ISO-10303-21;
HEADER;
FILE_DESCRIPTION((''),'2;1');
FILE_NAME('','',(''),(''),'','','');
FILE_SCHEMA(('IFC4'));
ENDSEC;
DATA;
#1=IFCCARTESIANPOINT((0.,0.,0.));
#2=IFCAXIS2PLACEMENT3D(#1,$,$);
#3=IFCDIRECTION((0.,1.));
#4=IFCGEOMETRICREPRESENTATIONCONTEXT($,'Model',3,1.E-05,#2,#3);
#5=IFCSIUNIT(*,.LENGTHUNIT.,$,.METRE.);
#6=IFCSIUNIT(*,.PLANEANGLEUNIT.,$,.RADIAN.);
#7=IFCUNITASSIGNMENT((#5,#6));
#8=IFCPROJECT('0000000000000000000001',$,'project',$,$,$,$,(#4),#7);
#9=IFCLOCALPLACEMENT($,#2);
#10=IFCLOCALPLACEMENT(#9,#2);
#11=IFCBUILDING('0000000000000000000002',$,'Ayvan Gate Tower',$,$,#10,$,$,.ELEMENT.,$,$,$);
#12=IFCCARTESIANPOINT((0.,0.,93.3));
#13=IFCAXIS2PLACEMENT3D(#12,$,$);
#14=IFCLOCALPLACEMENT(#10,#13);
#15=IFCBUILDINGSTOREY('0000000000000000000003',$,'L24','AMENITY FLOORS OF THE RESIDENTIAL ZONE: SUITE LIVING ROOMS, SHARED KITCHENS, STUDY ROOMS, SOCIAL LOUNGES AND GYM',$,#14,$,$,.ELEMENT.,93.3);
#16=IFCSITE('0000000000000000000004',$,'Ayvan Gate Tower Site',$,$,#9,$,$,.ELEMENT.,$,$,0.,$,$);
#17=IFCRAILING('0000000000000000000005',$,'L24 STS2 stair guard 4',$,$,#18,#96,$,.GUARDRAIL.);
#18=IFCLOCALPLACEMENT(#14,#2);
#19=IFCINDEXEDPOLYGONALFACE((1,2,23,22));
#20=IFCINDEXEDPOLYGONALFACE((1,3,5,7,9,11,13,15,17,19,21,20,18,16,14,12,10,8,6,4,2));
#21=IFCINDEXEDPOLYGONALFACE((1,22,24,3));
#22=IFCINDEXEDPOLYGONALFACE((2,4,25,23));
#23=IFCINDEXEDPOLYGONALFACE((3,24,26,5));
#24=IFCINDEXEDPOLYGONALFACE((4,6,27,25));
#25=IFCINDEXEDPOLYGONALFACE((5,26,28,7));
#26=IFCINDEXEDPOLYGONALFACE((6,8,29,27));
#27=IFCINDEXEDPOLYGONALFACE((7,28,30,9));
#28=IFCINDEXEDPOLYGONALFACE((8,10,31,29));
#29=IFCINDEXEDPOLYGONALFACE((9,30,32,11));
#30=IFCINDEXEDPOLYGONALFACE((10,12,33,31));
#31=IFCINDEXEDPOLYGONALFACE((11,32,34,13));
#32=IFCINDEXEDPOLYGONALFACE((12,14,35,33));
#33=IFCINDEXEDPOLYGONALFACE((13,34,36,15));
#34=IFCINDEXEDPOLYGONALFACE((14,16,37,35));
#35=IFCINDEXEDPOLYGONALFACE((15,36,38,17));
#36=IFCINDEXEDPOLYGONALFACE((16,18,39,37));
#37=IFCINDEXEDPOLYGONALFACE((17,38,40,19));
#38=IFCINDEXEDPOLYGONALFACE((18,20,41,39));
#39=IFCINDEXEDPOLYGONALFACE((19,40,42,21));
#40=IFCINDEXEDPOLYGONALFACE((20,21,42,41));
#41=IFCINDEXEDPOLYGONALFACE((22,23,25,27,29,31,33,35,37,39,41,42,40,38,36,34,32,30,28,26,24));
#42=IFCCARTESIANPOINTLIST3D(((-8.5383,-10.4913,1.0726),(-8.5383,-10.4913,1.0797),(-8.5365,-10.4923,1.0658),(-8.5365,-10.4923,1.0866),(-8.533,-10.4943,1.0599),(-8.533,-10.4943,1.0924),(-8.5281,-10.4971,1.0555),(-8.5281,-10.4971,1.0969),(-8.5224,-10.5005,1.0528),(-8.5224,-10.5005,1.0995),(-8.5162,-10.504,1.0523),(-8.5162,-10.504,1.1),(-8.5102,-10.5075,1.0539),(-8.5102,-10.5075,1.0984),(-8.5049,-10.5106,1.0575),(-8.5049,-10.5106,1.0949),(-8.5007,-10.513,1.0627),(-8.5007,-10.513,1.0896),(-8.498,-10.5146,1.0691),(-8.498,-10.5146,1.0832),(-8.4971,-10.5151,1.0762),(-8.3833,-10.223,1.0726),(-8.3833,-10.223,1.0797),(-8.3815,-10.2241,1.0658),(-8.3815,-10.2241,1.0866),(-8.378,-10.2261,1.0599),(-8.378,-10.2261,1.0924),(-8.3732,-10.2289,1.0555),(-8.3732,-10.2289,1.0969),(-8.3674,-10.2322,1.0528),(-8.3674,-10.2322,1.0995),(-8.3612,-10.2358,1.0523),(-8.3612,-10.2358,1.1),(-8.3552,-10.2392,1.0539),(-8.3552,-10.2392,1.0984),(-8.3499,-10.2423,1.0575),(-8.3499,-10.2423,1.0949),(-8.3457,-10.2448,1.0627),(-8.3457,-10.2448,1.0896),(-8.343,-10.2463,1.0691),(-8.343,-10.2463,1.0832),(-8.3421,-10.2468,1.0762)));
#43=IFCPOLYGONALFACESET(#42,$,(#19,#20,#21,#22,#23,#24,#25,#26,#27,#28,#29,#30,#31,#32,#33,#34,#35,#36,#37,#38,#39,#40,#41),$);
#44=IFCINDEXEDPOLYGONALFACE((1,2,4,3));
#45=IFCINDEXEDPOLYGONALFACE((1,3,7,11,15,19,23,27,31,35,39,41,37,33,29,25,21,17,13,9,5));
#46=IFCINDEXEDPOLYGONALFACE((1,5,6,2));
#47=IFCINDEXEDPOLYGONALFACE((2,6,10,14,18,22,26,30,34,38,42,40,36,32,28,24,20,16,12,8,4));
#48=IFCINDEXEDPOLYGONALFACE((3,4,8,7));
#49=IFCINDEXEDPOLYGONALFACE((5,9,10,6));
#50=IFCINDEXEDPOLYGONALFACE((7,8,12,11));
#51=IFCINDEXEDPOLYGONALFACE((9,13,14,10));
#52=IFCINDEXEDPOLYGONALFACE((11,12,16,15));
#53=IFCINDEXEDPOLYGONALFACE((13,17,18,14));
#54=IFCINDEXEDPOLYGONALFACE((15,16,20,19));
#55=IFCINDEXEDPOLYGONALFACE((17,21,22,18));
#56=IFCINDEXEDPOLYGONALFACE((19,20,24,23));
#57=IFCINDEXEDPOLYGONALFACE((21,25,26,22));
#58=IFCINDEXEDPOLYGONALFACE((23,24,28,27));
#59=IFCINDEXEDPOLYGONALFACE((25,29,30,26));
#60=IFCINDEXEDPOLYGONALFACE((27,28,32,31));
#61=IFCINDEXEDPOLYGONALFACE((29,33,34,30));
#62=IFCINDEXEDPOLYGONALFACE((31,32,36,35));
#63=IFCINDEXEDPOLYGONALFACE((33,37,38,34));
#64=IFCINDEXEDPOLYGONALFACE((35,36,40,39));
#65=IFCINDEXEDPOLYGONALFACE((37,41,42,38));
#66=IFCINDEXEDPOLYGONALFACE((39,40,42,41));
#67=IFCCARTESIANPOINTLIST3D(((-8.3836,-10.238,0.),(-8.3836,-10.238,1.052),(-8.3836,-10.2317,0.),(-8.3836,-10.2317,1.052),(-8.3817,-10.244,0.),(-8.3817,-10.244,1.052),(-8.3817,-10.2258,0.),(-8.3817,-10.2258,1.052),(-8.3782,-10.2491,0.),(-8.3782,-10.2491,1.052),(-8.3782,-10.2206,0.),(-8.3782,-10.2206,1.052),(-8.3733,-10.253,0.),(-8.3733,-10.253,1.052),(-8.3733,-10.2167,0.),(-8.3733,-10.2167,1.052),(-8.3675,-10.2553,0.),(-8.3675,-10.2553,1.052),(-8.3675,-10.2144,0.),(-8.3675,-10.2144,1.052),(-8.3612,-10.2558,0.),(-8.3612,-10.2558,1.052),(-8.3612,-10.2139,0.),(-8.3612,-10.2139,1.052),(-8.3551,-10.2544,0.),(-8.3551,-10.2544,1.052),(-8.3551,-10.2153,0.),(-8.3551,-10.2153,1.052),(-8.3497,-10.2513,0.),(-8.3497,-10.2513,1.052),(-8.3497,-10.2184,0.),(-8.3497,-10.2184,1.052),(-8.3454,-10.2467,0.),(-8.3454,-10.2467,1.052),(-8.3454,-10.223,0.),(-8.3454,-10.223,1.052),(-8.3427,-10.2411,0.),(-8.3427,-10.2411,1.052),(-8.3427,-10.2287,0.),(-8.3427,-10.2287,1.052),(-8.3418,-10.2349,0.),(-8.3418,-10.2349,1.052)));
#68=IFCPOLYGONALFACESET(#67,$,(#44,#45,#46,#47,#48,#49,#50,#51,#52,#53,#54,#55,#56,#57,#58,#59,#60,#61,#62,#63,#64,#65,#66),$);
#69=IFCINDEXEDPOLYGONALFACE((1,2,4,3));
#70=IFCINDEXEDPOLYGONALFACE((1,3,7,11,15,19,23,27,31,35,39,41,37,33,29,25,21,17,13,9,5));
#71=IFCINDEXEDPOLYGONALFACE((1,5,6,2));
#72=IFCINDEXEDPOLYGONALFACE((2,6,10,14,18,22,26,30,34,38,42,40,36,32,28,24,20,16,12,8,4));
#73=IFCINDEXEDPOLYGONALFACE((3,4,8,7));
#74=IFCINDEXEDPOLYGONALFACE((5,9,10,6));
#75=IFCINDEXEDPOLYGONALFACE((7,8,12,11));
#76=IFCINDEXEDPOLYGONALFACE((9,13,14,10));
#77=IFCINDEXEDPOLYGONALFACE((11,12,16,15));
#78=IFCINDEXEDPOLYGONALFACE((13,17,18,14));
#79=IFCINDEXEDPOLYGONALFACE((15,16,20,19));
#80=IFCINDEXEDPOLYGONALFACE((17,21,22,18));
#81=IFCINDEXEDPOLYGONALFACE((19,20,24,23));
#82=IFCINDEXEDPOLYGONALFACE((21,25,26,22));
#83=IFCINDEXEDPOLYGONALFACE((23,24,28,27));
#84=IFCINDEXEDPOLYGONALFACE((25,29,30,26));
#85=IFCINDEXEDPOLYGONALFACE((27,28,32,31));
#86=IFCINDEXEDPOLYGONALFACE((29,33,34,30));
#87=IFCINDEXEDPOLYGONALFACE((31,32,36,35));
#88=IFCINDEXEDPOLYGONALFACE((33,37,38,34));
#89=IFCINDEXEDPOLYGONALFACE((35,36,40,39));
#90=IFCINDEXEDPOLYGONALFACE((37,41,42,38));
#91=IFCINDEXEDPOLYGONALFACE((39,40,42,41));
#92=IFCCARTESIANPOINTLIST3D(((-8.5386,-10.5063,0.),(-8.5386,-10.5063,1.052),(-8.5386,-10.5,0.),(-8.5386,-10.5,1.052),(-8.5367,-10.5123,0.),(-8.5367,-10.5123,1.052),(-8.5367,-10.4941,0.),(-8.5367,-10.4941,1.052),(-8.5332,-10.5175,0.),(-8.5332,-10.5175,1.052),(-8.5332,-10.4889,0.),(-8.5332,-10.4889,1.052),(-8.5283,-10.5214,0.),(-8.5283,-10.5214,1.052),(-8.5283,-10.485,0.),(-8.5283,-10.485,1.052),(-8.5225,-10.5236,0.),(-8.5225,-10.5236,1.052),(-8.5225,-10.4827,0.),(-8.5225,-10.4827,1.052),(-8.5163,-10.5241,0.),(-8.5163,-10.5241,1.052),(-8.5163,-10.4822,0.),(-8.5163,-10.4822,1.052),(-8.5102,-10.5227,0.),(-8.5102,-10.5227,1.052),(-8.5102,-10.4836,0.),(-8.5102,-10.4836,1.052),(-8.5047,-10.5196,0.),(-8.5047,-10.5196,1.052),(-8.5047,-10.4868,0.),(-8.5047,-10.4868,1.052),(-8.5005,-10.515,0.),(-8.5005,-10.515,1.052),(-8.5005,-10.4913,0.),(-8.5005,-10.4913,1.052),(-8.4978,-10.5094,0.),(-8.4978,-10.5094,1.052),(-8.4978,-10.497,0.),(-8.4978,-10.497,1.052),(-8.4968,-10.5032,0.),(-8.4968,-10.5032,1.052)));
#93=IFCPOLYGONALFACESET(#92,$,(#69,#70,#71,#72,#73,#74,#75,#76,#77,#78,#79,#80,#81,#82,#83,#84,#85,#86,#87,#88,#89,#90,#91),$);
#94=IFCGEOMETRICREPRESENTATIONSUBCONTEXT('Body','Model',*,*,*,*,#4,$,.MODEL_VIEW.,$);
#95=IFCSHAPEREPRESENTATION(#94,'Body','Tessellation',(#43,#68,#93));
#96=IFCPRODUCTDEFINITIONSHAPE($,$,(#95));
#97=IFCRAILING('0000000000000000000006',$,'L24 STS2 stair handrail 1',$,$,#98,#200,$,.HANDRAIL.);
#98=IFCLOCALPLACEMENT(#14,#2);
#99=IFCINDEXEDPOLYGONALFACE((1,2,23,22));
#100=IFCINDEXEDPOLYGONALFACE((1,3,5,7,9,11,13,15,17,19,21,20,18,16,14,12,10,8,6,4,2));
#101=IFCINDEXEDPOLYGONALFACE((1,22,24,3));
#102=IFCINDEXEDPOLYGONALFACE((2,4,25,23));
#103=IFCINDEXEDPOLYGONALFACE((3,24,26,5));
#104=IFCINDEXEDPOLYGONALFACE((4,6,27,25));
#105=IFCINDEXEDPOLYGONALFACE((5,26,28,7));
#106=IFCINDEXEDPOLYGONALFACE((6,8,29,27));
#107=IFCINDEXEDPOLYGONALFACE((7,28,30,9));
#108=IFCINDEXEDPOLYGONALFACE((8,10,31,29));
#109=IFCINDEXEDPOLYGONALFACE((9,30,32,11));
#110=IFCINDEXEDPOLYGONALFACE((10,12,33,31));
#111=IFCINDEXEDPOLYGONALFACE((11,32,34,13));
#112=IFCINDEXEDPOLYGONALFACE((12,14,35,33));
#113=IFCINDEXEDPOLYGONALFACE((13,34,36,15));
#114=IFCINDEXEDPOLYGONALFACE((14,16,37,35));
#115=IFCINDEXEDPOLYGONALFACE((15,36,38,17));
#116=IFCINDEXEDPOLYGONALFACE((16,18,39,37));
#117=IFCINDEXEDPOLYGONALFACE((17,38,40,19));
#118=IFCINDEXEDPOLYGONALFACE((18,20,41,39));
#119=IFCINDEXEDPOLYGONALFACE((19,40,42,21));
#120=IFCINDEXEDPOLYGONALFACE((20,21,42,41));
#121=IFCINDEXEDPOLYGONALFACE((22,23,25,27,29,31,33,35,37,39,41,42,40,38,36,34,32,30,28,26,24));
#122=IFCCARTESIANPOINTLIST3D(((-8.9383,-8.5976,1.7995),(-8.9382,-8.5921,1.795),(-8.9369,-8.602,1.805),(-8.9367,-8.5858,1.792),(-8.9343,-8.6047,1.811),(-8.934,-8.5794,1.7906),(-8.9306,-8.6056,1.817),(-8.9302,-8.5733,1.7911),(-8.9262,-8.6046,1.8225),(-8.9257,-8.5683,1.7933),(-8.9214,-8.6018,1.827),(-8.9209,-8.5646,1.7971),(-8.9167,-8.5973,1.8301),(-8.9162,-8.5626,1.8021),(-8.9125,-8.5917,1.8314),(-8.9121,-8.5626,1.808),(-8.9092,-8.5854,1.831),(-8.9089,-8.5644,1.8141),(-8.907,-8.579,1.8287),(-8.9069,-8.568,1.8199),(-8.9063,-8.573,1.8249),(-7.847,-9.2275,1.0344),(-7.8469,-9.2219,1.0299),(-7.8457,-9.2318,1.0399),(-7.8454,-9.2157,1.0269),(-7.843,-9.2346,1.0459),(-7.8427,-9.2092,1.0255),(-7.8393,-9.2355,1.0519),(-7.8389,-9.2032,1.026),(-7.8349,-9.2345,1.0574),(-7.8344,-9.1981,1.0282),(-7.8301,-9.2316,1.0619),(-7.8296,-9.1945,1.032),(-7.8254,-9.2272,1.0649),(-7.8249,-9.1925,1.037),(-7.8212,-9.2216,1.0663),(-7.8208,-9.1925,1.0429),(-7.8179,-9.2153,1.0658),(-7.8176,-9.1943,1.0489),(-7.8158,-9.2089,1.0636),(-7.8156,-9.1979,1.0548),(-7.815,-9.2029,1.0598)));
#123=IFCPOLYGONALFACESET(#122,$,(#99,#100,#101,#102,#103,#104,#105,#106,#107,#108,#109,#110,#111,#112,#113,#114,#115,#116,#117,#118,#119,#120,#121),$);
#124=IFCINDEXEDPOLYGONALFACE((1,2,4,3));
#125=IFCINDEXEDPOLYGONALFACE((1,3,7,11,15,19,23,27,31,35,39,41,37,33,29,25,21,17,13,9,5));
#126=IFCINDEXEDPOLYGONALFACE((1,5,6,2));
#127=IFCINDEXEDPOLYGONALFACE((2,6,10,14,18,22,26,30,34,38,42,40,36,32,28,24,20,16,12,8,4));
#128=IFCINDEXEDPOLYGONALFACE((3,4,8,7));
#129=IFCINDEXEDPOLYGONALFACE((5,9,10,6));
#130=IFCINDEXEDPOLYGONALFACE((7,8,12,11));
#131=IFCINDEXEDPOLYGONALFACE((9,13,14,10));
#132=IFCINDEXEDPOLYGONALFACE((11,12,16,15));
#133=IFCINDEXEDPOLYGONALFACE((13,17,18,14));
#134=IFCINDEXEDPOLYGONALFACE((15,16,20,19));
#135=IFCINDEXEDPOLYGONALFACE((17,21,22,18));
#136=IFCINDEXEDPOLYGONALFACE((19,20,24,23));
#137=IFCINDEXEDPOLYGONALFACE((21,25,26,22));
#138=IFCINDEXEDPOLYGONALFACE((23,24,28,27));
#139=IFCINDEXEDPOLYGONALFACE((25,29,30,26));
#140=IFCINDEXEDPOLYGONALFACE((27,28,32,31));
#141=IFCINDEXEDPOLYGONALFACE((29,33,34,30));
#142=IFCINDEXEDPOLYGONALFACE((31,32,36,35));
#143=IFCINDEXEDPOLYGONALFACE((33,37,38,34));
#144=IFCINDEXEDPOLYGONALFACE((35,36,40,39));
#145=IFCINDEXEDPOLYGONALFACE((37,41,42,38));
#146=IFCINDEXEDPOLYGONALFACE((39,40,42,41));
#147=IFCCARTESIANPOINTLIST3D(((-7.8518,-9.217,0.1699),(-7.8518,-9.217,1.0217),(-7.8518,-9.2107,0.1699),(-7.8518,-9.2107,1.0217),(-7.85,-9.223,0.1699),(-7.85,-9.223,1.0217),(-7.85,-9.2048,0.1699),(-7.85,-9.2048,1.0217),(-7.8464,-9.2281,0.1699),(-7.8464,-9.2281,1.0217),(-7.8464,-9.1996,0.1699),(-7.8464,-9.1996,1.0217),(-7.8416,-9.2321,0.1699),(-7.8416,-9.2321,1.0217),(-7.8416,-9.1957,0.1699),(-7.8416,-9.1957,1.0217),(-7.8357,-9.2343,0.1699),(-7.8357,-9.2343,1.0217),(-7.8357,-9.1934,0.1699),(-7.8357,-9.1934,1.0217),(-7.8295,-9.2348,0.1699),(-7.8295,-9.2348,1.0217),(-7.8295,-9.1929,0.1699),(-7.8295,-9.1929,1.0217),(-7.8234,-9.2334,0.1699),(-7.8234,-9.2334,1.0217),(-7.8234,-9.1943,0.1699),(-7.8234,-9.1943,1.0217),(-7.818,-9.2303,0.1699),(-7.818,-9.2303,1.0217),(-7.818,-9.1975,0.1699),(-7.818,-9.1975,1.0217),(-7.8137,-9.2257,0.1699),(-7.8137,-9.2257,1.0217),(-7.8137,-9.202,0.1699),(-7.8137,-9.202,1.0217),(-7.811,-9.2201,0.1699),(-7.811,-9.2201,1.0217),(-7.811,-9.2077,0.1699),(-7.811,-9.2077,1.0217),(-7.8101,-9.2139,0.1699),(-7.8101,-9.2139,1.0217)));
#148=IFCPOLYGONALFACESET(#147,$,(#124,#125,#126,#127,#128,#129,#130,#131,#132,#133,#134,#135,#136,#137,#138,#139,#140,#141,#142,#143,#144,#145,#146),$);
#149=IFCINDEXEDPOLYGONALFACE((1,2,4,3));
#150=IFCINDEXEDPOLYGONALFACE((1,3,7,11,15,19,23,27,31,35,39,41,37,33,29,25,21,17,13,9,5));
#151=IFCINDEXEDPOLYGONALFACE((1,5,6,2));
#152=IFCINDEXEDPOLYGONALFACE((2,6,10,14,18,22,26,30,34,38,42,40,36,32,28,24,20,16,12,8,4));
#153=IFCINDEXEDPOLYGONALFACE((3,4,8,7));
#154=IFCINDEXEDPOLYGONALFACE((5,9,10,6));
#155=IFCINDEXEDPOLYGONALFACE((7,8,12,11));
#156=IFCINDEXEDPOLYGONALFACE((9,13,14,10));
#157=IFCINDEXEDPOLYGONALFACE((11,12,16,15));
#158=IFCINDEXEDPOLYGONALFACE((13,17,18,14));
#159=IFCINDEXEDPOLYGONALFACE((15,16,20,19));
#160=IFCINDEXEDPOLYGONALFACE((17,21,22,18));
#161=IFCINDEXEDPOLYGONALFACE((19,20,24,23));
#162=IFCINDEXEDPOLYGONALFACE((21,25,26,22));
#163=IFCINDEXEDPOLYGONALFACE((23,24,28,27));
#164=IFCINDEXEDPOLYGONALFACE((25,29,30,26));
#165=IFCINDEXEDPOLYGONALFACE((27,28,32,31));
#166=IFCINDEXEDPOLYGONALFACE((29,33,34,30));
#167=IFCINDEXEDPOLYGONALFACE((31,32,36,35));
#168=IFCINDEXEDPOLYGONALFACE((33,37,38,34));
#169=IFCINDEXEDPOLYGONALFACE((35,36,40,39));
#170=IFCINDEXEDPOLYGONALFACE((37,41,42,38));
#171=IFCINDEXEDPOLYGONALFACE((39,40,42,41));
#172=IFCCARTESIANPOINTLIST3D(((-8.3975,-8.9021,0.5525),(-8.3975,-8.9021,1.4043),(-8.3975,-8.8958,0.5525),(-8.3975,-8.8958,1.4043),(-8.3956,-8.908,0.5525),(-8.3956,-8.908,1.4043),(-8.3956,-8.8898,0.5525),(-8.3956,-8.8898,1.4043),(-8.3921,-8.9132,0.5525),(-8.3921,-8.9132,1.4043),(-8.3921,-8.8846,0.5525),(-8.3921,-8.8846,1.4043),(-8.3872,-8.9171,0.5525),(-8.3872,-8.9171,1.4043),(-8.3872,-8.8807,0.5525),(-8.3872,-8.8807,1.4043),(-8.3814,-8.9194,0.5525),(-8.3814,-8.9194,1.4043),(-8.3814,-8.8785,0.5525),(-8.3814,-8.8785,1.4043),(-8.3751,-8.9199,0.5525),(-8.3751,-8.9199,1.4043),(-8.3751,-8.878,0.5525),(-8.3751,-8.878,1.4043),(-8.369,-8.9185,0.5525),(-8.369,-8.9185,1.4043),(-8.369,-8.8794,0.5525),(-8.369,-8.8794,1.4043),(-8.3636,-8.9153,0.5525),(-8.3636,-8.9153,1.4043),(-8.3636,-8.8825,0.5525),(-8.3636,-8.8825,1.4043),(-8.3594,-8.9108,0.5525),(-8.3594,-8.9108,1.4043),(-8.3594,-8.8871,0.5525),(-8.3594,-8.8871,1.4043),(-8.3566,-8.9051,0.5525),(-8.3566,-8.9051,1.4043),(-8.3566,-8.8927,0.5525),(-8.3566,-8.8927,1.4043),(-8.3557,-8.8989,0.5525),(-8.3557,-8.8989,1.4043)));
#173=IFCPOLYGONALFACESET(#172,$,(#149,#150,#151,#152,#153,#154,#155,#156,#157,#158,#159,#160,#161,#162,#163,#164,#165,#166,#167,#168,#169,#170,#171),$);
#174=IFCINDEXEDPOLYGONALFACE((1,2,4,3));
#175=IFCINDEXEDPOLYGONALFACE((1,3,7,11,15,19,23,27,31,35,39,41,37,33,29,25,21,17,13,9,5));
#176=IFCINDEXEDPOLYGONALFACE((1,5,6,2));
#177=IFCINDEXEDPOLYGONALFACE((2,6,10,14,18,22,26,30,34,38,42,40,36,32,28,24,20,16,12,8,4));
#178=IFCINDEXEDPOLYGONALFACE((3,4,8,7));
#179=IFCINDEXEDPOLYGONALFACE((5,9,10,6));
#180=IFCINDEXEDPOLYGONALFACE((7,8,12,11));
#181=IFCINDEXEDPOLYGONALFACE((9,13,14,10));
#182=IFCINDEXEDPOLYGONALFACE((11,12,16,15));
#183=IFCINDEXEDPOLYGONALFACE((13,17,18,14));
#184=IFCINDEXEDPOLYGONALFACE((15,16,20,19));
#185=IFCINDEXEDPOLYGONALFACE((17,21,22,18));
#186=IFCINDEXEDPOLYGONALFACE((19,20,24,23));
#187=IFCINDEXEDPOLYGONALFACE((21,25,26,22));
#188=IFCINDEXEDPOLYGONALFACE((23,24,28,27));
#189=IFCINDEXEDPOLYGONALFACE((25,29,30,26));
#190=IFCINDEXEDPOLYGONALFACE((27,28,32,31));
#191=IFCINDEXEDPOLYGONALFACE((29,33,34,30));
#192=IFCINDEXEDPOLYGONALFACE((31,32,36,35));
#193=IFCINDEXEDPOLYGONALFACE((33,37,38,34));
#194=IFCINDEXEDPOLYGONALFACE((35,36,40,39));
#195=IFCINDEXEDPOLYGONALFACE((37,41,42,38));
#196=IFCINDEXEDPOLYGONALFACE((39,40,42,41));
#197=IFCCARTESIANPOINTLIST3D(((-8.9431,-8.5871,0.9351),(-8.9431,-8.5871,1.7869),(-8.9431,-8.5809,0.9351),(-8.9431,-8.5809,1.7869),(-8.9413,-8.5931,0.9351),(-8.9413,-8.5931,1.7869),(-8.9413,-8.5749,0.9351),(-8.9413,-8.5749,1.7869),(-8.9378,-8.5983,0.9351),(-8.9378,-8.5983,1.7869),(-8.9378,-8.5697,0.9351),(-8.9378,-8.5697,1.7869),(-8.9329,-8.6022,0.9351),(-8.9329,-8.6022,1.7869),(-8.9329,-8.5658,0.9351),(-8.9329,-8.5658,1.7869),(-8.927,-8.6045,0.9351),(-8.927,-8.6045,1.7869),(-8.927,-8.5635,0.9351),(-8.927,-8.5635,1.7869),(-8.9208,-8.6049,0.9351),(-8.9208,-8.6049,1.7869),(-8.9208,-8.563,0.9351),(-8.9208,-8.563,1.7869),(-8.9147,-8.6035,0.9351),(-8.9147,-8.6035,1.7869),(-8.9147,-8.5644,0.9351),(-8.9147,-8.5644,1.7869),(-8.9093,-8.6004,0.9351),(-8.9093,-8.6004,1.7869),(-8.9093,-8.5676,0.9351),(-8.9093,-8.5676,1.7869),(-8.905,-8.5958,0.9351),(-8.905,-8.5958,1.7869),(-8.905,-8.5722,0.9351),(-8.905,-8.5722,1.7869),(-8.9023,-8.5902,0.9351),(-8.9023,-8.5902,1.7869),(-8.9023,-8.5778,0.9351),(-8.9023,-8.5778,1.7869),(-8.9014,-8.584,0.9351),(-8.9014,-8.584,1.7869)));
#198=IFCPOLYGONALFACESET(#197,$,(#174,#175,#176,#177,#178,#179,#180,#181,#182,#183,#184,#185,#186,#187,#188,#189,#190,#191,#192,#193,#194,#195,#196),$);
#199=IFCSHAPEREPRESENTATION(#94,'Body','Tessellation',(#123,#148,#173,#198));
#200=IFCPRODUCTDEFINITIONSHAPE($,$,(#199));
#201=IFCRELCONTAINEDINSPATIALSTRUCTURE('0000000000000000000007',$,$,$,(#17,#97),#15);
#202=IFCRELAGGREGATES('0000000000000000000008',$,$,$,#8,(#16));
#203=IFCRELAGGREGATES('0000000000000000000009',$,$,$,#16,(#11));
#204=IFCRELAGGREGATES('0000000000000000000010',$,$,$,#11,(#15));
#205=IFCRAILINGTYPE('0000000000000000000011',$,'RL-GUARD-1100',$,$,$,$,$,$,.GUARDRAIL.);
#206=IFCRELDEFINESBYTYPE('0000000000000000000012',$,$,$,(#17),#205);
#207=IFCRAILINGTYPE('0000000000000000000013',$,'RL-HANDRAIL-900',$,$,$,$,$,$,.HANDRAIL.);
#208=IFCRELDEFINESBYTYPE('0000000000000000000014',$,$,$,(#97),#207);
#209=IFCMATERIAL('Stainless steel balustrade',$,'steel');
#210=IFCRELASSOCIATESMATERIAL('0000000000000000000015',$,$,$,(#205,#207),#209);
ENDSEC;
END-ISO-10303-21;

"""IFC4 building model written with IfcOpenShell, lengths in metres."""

from ifc_helpers import new_model, si_unit, direction, frame, origin, origin_2d, place, context, subcontext, project, spatial, circle, extrude, material, type_object, element, save


model = new_model("IFC4")

# Units and contexts
model_context = context("Model", 3, precision=1e-05, world=origin(), true_north=direction((0.0, 1.0)))
body_context = subcontext(model_context, "Body", "Model", "MODEL_VIEW")
ifc_project = project(units=[si_unit("LENGTHUNIT", "METRE"), si_unit("PLANEANGLEUNIT", "RADIAN")], contexts=[model_context])

# Site, building, storey
site_placement = place(None, origin())
site = spatial("IfcSite", under=ifc_project, at=site_placement, Name="Ayvan Gate Tower Site", CompositionType="ELEMENT", RefElevation=0.0)
building_placement = place(site_placement, origin())
building = spatial("IfcBuilding", under=site, at=building_placement, Name="Ayvan Gate Tower", CompositionType="ELEMENT")
storey_placement = place(building_placement, frame((0.0, 0.0, 93.3)))
storey = spatial("IfcBuildingStorey", under=building, at=storey_placement, Name="L24", Description="AMENITY FLOORS OF THE RESIDENTIAL ZONE: SUITE LIVING ROOMS, SHARED KITCHENS, STUDY ROOMS, SOCIAL LOUNGES AND GYM", CompositionType="ELEMENT", Elevation=93.3)

# Railings
ifc_material_1 = material(Name="Stainless steel balustrade", Category="steel")
railing_type_1 = type_object("IfcRailingType", Name="RL-GUARD-1100", PredefinedType="GUARDRAIL", material=ifc_material_1)
railing_1_placement = place(storey_placement, frame((-8.3628, -10.2349, 0.0)))
element("IfcRailing", 1, at=railing_1_placement, inside=storey, type_object=railing_type_1, Name="L24 STS2 stair guard 4", PredefinedType="GUARDRAIL", context=body_context, shape_type="SweptSolid", body=[
    extrude(circle(Radius=0.0239, at=origin_2d()), frame((0.0, 0.0, 1.0762), z_axis=(-0.500291, -0.865857, 0.0), x_axis=(0.865857, -0.500291, 0.0)), (0.0, 0.0, 1.0), 0.3098),
    extrude(circle(Radius=0.021, at=origin_2d()), origin(), (0.0, 0.0, 1.0), 1.052),
    extrude(circle(Radius=0.021, at=origin_2d()), frame((-0.155, -0.2683, 0.0)), (0.0, 0.0, 1.0), 1.052),
])
railing_type_2 = type_object("IfcRailingType", Name="RL-HANDRAIL-900", PredefinedType="HANDRAIL", material=ifc_material_1)
railing_2_placement = place(storey_placement, frame((-7.8311, -9.2139, 0.1699)))
element("IfcRailing", 2, at=railing_2_placement, inside=storey, type_object=railing_type_2, Name="L24 STS2 stair handrail 1", PredefinedType="HANDRAIL", context=body_context, shape_type="SweptSolid", body=[
    extrude(circle(Radius=0.0239, at=origin_2d()), frame((0.0, 0.0, 0.876), z_axis=(-0.740293, 0.427283, 0.519033), x_axis=(-0.49989, -0.866089, 0.0)), (0.0, 0.0, 1.0), 1.4741),
    extrude(circle(Radius=0.021, at=origin_2d()), origin(), (0.0, 0.0, 1.0), 0.8518),
    extrude(circle(Radius=0.021, at=origin_2d()), frame((-0.5457, 0.3149, 0.3826)), (0.0, 0.0, 1.0), 0.8518),
    extrude(circle(Radius=0.021, at=origin_2d()), frame((-1.0913, 0.6299, 0.7651)), (0.0, 0.0, 1.0), 0.8518),
])

save(model, "model.ifc")
